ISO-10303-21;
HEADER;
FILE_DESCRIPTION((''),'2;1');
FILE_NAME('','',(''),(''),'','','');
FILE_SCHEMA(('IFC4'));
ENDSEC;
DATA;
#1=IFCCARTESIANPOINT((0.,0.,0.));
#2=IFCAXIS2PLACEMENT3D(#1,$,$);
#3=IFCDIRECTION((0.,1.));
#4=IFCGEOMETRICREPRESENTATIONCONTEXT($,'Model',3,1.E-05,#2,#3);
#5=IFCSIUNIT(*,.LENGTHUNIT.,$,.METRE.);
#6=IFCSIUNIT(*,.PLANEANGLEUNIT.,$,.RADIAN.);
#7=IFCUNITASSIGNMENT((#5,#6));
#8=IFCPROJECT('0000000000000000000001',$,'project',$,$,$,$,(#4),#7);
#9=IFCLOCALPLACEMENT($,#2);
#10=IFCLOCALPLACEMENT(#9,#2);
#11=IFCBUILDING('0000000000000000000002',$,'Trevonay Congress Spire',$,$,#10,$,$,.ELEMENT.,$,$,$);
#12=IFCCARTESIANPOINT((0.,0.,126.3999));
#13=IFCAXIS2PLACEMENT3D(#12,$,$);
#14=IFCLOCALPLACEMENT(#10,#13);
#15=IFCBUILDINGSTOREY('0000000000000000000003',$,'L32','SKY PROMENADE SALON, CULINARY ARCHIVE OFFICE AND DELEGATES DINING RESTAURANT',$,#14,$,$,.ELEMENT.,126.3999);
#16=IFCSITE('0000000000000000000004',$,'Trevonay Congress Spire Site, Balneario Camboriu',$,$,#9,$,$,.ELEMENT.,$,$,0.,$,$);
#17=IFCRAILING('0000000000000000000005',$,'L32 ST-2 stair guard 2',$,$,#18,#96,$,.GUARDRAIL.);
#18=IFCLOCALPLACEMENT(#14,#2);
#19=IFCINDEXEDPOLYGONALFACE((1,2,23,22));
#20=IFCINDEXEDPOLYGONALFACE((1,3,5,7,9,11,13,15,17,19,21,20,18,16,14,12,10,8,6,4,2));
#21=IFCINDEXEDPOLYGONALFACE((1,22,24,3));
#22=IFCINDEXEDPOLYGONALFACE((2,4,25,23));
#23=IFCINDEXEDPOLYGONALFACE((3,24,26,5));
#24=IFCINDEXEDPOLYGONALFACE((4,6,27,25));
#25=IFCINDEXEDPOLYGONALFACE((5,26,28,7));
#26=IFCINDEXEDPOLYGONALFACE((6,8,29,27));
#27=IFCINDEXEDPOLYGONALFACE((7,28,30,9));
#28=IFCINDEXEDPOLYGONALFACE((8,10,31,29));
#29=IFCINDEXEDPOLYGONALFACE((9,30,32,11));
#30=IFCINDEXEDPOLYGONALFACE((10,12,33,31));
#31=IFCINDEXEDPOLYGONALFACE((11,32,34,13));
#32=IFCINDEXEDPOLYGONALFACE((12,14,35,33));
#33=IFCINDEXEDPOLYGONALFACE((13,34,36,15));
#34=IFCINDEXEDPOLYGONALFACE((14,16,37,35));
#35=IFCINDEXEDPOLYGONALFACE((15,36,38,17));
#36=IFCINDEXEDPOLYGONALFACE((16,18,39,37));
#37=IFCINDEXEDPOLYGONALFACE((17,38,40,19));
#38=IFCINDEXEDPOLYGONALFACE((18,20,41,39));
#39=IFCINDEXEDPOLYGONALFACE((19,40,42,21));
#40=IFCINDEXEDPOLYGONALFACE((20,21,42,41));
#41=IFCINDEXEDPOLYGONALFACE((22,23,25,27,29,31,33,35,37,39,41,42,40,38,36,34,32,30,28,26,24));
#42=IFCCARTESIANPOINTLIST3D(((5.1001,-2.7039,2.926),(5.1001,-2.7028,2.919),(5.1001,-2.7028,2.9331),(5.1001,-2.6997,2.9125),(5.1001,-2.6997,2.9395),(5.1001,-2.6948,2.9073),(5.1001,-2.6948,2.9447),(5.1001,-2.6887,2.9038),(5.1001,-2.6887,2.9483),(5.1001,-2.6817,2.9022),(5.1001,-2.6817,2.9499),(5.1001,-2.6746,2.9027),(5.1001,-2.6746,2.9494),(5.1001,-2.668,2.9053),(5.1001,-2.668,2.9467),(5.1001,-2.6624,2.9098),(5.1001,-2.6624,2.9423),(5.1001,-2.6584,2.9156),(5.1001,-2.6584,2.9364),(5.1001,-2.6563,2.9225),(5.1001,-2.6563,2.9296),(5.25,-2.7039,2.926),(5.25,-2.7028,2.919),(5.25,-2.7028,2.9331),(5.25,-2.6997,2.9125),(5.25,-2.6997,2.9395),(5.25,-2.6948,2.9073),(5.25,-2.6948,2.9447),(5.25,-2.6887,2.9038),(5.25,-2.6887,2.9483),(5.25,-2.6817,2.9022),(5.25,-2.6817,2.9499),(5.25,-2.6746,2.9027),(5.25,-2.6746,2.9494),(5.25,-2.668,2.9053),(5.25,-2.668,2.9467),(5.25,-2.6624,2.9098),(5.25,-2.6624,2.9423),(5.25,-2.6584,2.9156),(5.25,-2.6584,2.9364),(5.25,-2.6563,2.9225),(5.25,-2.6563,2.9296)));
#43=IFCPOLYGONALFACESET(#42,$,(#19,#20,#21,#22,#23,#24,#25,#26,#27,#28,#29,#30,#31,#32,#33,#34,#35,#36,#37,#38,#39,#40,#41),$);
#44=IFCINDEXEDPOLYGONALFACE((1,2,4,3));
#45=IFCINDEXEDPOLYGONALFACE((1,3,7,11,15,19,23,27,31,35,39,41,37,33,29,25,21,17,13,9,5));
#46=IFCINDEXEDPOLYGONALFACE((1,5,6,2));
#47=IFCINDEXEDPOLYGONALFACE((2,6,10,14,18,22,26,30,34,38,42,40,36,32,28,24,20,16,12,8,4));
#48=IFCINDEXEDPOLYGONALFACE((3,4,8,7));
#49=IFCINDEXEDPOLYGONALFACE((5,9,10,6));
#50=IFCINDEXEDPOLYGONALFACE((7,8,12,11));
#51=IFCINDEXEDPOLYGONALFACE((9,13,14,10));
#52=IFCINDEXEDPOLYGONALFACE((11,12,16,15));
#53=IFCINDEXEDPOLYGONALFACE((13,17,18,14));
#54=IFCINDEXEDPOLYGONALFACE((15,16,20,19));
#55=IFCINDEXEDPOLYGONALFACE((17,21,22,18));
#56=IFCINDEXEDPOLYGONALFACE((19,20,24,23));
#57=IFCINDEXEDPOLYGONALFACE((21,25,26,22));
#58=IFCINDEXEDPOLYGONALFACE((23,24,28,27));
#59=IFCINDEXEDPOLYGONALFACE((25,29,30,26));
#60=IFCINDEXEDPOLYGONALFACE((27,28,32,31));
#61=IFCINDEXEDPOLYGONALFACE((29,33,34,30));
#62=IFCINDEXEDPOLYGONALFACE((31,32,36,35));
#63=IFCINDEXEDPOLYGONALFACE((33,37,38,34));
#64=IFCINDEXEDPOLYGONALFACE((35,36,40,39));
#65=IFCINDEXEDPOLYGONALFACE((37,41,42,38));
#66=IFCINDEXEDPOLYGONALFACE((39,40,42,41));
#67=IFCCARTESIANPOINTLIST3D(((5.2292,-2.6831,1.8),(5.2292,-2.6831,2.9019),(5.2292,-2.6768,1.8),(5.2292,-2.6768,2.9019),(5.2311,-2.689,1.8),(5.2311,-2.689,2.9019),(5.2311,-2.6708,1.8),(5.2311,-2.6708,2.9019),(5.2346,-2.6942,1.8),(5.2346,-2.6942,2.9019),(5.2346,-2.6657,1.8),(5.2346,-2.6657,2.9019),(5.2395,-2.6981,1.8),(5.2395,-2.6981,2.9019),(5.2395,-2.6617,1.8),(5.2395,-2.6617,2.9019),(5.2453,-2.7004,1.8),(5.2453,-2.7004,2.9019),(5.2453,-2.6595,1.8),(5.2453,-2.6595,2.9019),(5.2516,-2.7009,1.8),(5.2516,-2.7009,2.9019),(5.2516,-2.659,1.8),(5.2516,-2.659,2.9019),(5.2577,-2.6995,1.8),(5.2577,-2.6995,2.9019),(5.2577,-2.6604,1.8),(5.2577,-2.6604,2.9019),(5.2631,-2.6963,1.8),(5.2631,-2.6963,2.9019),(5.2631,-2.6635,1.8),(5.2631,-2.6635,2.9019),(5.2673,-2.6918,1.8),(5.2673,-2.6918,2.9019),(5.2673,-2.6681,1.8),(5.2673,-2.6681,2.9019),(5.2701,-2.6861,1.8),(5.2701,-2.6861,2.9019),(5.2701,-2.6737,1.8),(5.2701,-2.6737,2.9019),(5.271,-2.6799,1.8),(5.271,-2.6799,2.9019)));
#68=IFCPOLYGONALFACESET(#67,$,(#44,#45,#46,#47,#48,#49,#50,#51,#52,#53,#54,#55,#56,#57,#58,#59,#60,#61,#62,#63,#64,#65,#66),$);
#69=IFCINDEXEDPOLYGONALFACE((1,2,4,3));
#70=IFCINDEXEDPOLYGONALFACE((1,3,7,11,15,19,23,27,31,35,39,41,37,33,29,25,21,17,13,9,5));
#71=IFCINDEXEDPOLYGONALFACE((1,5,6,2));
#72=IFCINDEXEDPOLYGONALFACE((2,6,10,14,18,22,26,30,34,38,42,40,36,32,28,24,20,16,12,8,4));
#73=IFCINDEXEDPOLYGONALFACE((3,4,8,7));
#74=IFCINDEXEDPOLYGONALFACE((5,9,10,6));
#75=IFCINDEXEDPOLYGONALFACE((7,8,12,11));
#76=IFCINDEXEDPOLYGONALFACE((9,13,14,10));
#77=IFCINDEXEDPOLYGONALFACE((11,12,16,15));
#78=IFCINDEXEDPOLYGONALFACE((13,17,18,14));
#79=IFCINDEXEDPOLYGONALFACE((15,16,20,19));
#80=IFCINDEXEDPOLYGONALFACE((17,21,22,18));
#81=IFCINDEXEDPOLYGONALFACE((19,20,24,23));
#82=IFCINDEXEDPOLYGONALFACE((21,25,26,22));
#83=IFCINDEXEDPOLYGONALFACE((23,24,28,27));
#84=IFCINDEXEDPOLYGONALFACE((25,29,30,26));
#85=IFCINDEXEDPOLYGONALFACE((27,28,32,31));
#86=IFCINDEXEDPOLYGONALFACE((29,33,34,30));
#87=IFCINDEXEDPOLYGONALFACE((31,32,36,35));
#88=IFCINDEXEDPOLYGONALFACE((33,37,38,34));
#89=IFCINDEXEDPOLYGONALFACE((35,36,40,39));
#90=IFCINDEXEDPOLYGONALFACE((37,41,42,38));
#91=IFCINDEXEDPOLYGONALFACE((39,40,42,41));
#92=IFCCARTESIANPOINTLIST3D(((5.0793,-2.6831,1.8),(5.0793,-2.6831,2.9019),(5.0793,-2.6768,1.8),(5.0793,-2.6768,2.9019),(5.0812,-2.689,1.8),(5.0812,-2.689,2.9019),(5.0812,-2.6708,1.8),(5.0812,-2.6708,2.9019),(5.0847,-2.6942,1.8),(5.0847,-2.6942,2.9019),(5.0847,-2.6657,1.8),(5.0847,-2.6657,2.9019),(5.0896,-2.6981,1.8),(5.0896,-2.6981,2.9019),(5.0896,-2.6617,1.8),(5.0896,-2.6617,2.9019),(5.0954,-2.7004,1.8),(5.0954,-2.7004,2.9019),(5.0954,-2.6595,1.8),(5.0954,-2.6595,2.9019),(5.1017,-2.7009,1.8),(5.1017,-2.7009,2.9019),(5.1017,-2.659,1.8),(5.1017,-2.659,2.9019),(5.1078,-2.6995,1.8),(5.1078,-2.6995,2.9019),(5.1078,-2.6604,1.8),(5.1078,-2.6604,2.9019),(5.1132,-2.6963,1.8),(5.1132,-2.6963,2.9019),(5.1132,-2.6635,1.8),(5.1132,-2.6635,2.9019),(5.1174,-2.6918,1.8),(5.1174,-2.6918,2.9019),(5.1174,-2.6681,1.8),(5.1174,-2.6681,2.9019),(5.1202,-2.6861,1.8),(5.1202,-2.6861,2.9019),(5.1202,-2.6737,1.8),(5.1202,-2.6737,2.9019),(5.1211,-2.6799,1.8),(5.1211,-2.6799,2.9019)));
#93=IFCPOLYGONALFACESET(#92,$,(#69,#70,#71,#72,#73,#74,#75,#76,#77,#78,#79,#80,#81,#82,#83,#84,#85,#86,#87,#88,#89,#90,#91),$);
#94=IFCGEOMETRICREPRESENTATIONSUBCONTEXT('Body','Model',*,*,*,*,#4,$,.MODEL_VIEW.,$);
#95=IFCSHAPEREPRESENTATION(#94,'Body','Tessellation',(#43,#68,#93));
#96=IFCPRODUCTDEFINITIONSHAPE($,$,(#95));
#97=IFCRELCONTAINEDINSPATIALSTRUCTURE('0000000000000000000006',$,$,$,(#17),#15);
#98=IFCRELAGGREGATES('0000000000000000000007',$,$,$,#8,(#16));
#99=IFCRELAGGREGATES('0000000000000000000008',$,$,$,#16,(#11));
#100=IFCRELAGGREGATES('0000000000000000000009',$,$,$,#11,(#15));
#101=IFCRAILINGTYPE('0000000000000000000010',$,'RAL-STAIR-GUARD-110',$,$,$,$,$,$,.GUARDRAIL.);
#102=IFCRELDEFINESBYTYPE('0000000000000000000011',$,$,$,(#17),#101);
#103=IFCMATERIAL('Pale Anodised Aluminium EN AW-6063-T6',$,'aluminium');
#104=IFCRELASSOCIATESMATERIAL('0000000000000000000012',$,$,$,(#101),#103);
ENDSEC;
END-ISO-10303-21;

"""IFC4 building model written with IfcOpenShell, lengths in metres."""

from ifc_helpers import new_model, si_unit, direction, frame, origin, origin_2d, place, context, subcontext, project, spatial, circle, extrude, material, type_object, element, save


model = new_model("IFC4")

# Units and contexts
model_context = context("Model", 3, precision=1e-05, world=origin(), true_north=direction((0.0, 1.0)))
body_context = subcontext(model_context, "Body", "Model", "MODEL_VIEW")
ifc_project = project(units=[si_unit("LENGTHUNIT", "METRE"), si_unit("PLANEANGLEUNIT", "RADIAN")], contexts=[model_context])

# Site, building, storey
site_placement = place(None, origin())
site = spatial("IfcSite", under=ifc_project, at=site_placement, Name="Trevonay Congress Spire Site, Balneario Camboriu", CompositionType="ELEMENT", RefElevation=0.0)
building_placement = place(site_placement, origin())
building = spatial("IfcBuilding", under=site, at=building_placement, Name="Trevonay Congress Spire", CompositionType="ELEMENT")
storey_placement = place(building_placement, frame((0.0, 0.0, 126.3999)))
storey = spatial("IfcBuildingStorey", under=building, at=storey_placement, Name="L32", Description="SKY PROMENADE SALON, CULINARY ARCHIVE OFFICE AND DELEGATES DINING RESTAURANT", CompositionType="ELEMENT", Elevation=126.3999)

# Shared definitions
ifc_material_1 = material(Name="Pale Anodised Aluminium EN AW-6063-T6", Category="aluminium")

# Railing
railing_type_1 = type_object("IfcRailingType", Name="RAL-STAIR-GUARD-110", PredefinedType="GUARDRAIL", material=ifc_material_1)
railing_1_placement = place(storey_placement, frame((5.25, -2.6799, 1.8)))
element("IfcRailing", 1, at=railing_1_placement, inside=storey, type_object=railing_type_1, Name="L32 ST-2 stair guard 2", PredefinedType="GUARDRAIL", context=body_context, shape_type="SweptSolid", body=[
    extrude(circle(Radius=0.0239, at=origin_2d()), frame((0.0, 0.0, 1.126), z_axis=(-1.0, 0.0, 0.0), x_axis=(0.0, -1.0, 0.0)), (0.0, 0.0, 1.0), 0.1499),
    extrude(circle(Radius=0.021, at=origin_2d()), origin(), (0.0, 0.0, 1.0), 1.1018),
    extrude(circle(Radius=0.021, at=origin_2d()), frame((-0.1499, 0.0, 0.0)), (0.0, 0.0, 1.0), 1.1018),
])

save(model, "model.ifc")
